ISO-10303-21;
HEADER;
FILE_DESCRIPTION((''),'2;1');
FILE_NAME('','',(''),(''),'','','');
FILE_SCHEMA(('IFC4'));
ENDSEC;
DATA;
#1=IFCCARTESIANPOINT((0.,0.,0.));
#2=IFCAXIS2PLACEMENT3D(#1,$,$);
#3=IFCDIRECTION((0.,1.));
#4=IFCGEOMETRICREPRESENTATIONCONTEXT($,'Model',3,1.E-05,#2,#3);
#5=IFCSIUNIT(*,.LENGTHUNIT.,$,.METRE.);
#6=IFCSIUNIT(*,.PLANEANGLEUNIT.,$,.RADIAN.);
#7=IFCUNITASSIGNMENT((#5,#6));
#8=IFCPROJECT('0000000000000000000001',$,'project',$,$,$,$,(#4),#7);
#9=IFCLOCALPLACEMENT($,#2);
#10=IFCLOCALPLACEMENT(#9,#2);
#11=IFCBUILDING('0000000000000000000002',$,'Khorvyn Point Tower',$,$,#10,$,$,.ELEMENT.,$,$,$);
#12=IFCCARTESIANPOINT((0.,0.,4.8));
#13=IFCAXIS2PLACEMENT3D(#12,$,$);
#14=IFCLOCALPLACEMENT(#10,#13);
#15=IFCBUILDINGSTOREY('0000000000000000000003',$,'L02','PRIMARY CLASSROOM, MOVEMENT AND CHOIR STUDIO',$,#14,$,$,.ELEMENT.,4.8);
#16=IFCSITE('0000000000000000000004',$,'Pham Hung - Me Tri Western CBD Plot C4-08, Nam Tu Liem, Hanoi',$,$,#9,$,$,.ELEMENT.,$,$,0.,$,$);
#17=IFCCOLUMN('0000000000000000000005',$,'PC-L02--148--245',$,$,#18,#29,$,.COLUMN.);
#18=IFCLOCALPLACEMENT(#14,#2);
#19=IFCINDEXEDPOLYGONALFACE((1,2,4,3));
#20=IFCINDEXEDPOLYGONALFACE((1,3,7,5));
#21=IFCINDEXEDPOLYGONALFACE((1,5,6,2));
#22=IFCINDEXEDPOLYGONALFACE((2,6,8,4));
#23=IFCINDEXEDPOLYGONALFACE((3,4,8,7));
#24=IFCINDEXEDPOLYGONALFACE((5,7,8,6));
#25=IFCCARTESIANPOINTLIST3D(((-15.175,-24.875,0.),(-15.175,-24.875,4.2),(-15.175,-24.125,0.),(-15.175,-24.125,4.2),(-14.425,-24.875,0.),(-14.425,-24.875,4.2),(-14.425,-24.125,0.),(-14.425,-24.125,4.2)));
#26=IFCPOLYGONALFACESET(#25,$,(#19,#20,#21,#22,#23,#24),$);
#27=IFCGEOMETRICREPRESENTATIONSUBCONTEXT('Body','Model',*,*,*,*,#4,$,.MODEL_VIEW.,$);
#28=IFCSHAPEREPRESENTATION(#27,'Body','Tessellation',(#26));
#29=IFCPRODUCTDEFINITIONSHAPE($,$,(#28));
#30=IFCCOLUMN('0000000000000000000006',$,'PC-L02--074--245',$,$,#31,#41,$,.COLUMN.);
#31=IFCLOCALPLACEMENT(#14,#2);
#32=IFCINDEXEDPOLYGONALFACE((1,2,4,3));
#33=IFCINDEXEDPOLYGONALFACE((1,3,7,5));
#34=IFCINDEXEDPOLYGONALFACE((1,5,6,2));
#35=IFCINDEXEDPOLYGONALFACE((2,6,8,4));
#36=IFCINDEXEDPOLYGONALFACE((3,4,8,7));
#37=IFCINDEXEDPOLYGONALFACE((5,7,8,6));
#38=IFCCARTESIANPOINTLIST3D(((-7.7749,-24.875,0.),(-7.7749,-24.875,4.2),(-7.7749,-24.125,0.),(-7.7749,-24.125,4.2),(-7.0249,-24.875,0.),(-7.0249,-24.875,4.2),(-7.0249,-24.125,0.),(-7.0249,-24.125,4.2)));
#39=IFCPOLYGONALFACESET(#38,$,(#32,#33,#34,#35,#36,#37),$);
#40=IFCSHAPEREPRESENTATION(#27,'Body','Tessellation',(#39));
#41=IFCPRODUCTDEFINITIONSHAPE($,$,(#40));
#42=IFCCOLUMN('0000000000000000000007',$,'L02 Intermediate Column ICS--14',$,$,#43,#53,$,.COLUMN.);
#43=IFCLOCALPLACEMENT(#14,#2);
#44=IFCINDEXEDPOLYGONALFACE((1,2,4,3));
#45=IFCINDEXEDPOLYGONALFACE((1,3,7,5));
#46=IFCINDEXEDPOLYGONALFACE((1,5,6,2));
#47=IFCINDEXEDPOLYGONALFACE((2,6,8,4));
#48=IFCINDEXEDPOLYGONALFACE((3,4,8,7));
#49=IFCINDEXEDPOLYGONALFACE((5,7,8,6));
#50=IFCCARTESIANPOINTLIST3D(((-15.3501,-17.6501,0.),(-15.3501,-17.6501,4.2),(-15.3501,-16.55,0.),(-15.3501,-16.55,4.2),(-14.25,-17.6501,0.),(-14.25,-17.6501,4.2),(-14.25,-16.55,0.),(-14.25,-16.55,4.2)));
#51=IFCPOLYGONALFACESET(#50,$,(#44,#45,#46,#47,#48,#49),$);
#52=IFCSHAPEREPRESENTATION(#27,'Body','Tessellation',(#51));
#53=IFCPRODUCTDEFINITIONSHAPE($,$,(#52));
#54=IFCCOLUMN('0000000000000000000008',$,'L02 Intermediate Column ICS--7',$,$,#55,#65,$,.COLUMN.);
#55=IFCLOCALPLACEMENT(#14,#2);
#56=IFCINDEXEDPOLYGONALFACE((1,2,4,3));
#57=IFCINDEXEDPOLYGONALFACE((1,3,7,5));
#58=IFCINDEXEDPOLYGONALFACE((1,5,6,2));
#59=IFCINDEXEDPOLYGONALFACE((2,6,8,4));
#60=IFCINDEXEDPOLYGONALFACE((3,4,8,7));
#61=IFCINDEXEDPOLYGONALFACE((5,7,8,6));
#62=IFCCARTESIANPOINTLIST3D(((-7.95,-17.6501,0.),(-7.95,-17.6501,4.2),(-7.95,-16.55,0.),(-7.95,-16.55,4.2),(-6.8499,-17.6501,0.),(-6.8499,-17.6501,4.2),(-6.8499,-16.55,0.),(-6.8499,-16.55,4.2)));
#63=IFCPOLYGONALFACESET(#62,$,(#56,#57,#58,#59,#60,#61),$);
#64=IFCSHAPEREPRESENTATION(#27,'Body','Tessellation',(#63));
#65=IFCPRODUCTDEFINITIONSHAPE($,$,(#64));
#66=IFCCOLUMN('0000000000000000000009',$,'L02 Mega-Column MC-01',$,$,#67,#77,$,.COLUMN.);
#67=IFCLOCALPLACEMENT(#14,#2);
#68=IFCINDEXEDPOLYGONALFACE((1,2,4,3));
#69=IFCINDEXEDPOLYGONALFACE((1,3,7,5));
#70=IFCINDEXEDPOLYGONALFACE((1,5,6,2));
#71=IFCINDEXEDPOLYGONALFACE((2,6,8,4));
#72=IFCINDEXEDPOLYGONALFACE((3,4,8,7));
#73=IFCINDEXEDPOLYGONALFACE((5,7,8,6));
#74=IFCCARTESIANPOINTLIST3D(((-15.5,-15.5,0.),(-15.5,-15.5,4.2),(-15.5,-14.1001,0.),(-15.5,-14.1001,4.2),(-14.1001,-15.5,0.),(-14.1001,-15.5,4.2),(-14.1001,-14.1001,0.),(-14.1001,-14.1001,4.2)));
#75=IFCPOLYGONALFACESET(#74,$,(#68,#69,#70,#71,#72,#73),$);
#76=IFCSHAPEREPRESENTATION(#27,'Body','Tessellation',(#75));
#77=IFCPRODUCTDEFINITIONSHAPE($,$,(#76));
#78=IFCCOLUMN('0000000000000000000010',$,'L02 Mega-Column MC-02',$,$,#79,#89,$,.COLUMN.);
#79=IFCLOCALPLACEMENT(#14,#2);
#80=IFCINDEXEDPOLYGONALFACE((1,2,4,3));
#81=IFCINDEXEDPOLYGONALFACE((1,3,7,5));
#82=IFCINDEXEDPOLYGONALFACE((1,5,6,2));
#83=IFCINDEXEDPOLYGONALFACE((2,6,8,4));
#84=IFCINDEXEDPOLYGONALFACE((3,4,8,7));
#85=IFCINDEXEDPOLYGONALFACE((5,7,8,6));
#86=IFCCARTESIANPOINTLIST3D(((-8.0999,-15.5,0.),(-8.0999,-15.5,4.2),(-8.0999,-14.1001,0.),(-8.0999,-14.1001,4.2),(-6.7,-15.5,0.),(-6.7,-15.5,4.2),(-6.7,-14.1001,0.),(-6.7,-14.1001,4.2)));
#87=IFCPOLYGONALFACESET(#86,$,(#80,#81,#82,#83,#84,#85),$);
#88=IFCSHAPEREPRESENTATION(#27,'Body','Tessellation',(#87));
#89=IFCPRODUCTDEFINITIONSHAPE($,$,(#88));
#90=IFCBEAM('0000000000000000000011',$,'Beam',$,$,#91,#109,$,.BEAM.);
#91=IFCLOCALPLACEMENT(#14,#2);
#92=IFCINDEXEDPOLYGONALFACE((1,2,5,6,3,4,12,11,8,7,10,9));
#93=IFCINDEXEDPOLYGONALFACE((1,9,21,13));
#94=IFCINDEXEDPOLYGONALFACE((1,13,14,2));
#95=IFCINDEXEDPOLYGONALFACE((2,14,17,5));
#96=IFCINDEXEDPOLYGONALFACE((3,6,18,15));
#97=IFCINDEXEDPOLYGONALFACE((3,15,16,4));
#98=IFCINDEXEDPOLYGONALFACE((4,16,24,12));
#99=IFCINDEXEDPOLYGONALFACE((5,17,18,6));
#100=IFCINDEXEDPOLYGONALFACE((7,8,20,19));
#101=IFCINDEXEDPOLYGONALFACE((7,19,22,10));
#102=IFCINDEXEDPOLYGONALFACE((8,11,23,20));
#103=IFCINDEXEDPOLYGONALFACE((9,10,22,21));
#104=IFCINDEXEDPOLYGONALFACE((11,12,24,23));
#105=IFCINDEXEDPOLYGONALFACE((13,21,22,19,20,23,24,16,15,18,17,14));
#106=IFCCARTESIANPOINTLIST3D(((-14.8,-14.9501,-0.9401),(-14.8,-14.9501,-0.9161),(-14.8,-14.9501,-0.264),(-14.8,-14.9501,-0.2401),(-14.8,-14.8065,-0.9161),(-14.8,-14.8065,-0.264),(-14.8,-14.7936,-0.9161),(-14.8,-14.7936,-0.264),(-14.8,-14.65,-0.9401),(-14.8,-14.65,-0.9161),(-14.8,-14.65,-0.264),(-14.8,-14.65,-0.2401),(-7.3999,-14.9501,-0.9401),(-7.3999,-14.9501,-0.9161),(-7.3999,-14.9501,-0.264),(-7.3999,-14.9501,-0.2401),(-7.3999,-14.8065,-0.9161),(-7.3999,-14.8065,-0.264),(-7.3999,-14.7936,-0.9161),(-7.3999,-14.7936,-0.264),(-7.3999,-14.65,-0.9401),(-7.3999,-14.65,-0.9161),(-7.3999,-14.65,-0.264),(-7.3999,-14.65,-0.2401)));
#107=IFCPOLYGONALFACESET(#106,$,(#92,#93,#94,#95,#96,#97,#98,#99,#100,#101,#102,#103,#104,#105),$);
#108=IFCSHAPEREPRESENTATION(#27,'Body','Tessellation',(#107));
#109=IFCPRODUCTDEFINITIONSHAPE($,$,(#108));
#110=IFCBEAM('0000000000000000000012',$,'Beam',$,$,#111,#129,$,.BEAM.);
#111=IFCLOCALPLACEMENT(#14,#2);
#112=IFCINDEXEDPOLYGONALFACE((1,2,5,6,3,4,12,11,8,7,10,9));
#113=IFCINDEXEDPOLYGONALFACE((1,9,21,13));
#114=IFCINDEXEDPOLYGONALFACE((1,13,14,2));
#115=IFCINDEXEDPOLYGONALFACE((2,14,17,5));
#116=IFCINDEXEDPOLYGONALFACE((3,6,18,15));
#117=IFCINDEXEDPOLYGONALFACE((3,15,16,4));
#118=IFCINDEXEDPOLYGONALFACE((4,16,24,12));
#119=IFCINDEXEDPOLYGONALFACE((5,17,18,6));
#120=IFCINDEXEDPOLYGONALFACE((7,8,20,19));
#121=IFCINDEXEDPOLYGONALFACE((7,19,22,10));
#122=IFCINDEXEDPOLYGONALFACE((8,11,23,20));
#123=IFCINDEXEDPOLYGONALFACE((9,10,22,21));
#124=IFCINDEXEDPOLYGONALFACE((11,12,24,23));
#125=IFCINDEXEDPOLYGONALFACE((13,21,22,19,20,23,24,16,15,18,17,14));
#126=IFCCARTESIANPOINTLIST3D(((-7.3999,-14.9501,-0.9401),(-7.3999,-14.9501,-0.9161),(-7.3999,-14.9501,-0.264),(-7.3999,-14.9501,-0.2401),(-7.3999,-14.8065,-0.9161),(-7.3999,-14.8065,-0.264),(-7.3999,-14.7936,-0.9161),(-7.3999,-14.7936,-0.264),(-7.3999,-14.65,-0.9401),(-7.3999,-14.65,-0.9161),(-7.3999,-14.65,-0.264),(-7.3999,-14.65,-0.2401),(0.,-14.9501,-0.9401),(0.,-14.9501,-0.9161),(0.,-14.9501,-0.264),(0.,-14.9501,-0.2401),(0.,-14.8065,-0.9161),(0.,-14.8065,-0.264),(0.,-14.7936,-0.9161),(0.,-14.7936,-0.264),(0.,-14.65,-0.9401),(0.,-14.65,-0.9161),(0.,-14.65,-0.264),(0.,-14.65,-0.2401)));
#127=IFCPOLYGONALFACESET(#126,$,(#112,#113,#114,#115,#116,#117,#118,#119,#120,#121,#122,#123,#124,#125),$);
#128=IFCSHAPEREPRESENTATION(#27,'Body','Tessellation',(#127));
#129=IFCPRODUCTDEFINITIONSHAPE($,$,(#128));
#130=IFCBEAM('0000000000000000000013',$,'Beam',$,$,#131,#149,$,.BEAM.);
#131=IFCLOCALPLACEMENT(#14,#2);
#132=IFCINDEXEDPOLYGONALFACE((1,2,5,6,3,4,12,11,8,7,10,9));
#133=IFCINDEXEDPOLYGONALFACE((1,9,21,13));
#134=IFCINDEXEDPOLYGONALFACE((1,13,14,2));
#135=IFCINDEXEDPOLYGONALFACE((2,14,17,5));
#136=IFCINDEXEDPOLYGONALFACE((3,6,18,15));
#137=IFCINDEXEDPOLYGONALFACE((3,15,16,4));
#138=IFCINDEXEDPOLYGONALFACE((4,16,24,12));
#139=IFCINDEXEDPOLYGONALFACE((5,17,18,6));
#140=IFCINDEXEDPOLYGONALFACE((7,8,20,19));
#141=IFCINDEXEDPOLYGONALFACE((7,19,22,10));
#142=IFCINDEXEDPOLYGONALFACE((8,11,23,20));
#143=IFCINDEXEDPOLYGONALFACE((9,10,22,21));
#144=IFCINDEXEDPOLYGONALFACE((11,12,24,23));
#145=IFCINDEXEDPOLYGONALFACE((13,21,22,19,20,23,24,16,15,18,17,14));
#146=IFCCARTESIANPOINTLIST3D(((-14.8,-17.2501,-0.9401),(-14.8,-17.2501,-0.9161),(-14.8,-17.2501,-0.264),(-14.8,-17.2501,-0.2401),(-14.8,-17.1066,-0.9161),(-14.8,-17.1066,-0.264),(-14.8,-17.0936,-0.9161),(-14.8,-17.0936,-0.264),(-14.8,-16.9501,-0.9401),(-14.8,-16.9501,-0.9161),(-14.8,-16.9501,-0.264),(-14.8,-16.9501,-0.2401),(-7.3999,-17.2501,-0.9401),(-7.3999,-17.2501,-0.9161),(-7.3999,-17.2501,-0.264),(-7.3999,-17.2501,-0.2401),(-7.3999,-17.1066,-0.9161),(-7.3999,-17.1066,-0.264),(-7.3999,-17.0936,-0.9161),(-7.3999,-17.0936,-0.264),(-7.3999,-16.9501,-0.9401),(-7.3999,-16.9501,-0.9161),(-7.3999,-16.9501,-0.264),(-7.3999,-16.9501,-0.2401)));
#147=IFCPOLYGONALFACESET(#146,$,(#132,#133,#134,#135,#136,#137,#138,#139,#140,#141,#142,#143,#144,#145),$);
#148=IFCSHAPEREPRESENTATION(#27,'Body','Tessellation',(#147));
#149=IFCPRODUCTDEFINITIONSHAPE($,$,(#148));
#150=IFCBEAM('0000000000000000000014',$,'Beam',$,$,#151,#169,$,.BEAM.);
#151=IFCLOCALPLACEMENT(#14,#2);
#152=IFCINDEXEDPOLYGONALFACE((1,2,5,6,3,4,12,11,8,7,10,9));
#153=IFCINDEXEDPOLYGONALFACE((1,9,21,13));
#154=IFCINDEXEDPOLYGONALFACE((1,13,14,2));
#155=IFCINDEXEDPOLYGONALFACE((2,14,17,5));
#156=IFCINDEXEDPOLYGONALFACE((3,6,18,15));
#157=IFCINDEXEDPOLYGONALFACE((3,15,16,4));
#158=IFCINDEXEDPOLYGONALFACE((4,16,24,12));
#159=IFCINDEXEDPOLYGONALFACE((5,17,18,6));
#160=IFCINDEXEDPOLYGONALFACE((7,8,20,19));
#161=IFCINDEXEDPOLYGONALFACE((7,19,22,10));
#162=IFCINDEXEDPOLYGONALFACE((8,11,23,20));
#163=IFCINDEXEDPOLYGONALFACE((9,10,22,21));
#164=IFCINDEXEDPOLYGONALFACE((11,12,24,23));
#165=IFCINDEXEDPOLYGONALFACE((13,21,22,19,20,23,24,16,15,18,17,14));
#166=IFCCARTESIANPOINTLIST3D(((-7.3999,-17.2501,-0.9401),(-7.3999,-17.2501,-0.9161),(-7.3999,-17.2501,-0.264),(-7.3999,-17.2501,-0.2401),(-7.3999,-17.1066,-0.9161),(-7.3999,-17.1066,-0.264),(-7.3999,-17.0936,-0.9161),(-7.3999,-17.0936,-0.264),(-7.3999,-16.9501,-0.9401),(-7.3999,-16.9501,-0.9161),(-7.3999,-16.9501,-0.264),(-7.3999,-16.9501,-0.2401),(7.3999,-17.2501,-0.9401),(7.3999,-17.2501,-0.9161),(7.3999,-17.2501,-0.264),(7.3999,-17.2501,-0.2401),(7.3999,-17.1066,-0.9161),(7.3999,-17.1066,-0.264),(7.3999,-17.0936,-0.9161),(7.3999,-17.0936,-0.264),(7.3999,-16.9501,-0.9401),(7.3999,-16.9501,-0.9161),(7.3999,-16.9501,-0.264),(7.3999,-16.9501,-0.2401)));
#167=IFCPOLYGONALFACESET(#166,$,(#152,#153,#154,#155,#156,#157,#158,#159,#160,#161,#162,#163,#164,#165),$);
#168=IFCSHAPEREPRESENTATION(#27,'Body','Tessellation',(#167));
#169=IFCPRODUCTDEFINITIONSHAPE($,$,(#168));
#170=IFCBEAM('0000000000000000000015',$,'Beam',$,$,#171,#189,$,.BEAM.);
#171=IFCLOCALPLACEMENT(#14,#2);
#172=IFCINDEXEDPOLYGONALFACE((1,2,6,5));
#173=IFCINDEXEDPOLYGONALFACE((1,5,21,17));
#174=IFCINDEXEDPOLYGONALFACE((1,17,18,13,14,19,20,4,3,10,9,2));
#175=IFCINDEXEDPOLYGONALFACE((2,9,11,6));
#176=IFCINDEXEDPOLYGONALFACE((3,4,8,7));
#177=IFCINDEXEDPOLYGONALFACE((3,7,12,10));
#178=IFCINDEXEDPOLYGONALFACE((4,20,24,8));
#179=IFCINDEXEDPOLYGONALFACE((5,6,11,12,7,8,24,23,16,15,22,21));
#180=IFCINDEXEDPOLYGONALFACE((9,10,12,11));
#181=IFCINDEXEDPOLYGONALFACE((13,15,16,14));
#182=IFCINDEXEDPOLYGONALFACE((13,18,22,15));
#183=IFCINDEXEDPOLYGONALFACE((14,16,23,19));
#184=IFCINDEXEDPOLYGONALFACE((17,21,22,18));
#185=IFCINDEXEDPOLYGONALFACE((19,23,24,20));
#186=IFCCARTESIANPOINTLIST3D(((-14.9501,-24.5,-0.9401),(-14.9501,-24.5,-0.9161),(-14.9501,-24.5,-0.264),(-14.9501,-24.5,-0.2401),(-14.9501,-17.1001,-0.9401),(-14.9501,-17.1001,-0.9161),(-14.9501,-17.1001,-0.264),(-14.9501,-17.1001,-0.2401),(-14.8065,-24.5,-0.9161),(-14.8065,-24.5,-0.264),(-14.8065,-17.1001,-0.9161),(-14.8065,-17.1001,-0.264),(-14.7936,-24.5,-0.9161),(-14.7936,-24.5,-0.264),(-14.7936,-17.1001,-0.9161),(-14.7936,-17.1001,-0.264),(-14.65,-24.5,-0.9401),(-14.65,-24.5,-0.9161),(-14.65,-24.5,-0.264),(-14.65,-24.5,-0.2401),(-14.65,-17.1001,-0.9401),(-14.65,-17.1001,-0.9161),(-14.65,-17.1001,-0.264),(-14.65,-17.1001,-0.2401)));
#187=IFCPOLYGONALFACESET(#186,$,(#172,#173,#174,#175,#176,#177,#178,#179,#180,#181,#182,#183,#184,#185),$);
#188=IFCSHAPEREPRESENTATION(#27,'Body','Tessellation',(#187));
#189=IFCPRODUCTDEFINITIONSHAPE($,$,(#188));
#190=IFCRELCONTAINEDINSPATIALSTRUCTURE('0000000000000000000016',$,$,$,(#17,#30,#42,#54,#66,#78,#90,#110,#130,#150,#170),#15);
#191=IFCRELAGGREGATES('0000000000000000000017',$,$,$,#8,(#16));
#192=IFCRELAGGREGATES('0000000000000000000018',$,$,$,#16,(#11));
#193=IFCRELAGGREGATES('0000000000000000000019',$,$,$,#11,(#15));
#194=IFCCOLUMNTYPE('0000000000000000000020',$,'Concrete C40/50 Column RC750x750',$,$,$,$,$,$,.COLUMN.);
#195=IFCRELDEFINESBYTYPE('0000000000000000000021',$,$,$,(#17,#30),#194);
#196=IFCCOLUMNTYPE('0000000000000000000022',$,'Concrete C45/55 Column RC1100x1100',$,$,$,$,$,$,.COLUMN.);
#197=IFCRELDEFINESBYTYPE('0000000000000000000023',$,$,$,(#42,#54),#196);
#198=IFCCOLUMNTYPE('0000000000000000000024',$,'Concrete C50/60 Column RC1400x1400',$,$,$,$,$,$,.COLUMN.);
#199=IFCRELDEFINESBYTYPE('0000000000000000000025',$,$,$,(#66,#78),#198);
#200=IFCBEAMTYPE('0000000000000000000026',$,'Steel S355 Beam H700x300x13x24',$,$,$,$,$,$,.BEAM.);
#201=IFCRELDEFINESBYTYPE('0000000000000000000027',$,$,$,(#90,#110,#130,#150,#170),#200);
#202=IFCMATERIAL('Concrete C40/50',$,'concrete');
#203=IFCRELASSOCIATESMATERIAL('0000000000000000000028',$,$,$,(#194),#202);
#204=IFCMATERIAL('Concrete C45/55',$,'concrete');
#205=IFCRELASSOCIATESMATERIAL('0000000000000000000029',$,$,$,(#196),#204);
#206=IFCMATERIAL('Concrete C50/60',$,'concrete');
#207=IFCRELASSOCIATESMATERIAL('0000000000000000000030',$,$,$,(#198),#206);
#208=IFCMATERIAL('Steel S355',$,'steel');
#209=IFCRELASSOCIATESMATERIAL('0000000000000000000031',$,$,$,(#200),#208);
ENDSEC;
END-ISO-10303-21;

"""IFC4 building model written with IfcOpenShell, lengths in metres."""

from ifc_helpers import new_model, si_unit, direction, frame, origin, origin_2d, place, context, subcontext, project, spatial, rectangle, i_section, extrude, material, material_profile, profile_set, type_object, element, save


model = new_model("IFC4")

# Units and contexts
model_context = context("Model", 3, precision=1e-05, world=origin(), true_north=direction((0.0, 1.0)))
body_context = subcontext(model_context, "Body", "Model", "MODEL_VIEW")
ifc_project = project(units=[si_unit("LENGTHUNIT", "METRE"), si_unit("PLANEANGLEUNIT", "RADIAN")], contexts=[model_context])

# Site, building, storey
site_placement = place(None, origin())
site = spatial("IfcSite", under=ifc_project, at=site_placement, Name="Pham Hung - Me Tri Western CBD Plot C4-08, Nam Tu Liem, Hanoi", CompositionType="ELEMENT", RefElevation=0.0)
building_placement = place(site_placement, origin())
building = spatial("IfcBuilding", under=site, at=building_placement, Name="Khorvyn Point Tower", CompositionType="ELEMENT")
storey_placement = place(building_placement, frame((0.0, 0.0, 4.8)))
storey = spatial("IfcBuildingStorey", under=building, at=storey_placement, Name="L02", Description="PRIMARY CLASSROOM, MOVEMENT AND CHOIR STUDIO", CompositionType="ELEMENT", Elevation=4.8)

# Columns
ifc_material_1 = material(Name="Concrete C40/50", Category="concrete")
ifc_material_profile_1 = material_profile(ifc_material_1, rectangle(XDim=0.75, YDim=0.75, at=origin_2d()))
ifc_profile_set_1 = profile_set([ifc_material_profile_1], Name="Concrete C40/50 RC750x750")
column_type_1 = type_object("IfcColumnType", Name="Concrete C40/50 Column RC750x750", PredefinedType="COLUMN", material=ifc_profile_set_1)
for number, where, z_axis, x_axis, name in (
    (1, (-14.8, -24.5, 0.0), (0.0, 0.0, 1.0), (1.0, 0.0, 0.0), "PC-L02--148--245"),
    (2, (-7.3999, -24.5, 0.0), (0.0, 0.0, 1.0), (1.0, 0.0, 0.0), "PC-L02--074--245"),
):
    element("IfcColumn", number, at=place(storey_placement, frame(where, z_axis=z_axis, x_axis=x_axis)), inside=storey, type_object=column_type_1, Name=name, PredefinedType="COLUMN", context=body_context, shape_type="SweptSolid", body=[
        extrude(rectangle(XDim=0.75, YDim=0.75, at=origin_2d()), origin(), (0.0, 0.0, 1.0), 4.2),
    ])
ifc_material_2 = material(Name="Concrete C45/55", Category="concrete")
ifc_material_profile_2 = material_profile(ifc_material_2, rectangle(XDim=1.1001, YDim=1.1001, at=origin_2d()))
ifc_profile_set_2 = profile_set([ifc_material_profile_2], Name="Concrete C45/55 RC1100x1100")
column_type_2 = type_object("IfcColumnType", Name="Concrete C45/55 Column RC1100x1100", PredefinedType="COLUMN", material=ifc_profile_set_2)
for number, where, z_axis, x_axis, name in (
    (3, (-14.8, -17.1001, 0.0), (0.0, 0.0, 1.0), (1.0, 0.0, 0.0), "L02 Intermediate Column ICS--14"),
    (4, (-7.3999, -17.1001, 0.0), (0.0, 0.0, 1.0), (1.0, 0.0, 0.0), "L02 Intermediate Column ICS--7"),
):
    element("IfcColumn", number, at=place(storey_placement, frame(where, z_axis=z_axis, x_axis=x_axis)), inside=storey, type_object=column_type_2, Name=name, PredefinedType="COLUMN", context=body_context, shape_type="SweptSolid", body=[
        extrude(rectangle(XDim=1.1001, YDim=1.1001, at=origin_2d()), origin(), (0.0, 0.0, 1.0), 4.2),
    ])
ifc_material_3 = material(Name="Concrete C50/60", Category="concrete")
ifc_material_profile_3 = material_profile(ifc_material_3, rectangle(XDim=1.3999, YDim=1.3999, at=origin_2d()))
ifc_profile_set_3 = profile_set([ifc_material_profile_3], Name="Concrete C50/60 RC1400x1400")
column_type_3 = type_object("IfcColumnType", Name="Concrete C50/60 Column RC1400x1400", PredefinedType="COLUMN", material=ifc_profile_set_3)
for number, where, z_axis, x_axis, name in (
    (5, (-14.8, -14.8, 0.0), (0.0, 0.0, 1.0), (1.0, 0.0, 0.0), "L02 Mega-Column MC-01"),
    (6, (-7.3999, -14.8, 0.0), (0.0, 0.0, 1.0), (1.0, 0.0, 0.0), "L02 Mega-Column MC-02"),
):
    element("IfcColumn", number, at=place(storey_placement, frame(where, z_axis=z_axis, x_axis=x_axis)), inside=storey, type_object=column_type_3, Name=name, PredefinedType="COLUMN", context=body_context, shape_type="SweptSolid", body=[
        extrude(rectangle(XDim=1.3999, YDim=1.3999, at=origin_2d()), origin(), (0.0, 0.0, 1.0), 4.2),
    ])

# Beams
ifc_material_4 = material(Name="Steel S355", Category="steel")
ifc_material_profile_4 = material_profile(ifc_material_4, i_section(OverallWidth=0.3, OverallDepth=0.7, WebThickness=0.0129, FlangeThickness=0.0239, at=origin_2d()))
ifc_profile_set_4 = profile_set([ifc_material_profile_4], Name="Steel S355 H700x300x13x24")
beam_type_1 = type_object("IfcBeamType", Name="Steel S355 Beam H700x300x13x24", PredefinedType="BEAM", material=ifc_profile_set_4)
beam_1_placement = place(storey_placement, frame((-14.8, -14.8, -0.5901), z_axis=(1.0, 0.0, 0.0), x_axis=(0.0, 1.0, 0.0)))
element("IfcBeam", 7, at=beam_1_placement, inside=storey, type_object=beam_type_1, Name="Beam", PredefinedType="BEAM", context=body_context, shape_type="SweptSolid", body=[
    extrude(i_section(OverallWidth=0.3, OverallDepth=0.7, WebThickness=0.0129, FlangeThickness=0.0239, at=origin_2d()), origin(), (0.0, 0.0, 1.0), 7.4001),
])
beam_2_placement = place(storey_placement, frame((-7.3999, -14.8, -0.5901), z_axis=(1.0, 0.0, 0.0), x_axis=(0.0, 1.0, 0.0)))
element("IfcBeam", 8, at=beam_2_placement, inside=storey, type_object=beam_type_1, Name="Beam", PredefinedType="BEAM", context=body_context, shape_type="SweptSolid", body=[
    extrude(i_section(OverallWidth=0.3, OverallDepth=0.7, WebThickness=0.0129, FlangeThickness=0.0239, at=origin_2d()), origin(), (0.0, 0.0, 1.0), 7.3999),
])
beam_3_placement = place(storey_placement, frame((-14.8, -17.1001, -0.5901), z_axis=(1.0, 0.0, 0.0), x_axis=(0.0, 1.0, 0.0)))
element("IfcBeam", 9, at=beam_3_placement, inside=storey, type_object=beam_type_1, Name="Beam", PredefinedType="BEAM", context=body_context, shape_type="SweptSolid", body=[
    extrude(i_section(OverallWidth=0.3, OverallDepth=0.7, WebThickness=0.0129, FlangeThickness=0.0239, at=origin_2d()), origin(), (0.0, 0.0, 1.0), 7.4001),
])
beam_4_placement = place(storey_placement, frame((-7.3999, -17.1001, -0.5901), z_axis=(1.0, 0.0, 0.0), x_axis=(0.0, 1.0, 0.0)))
element("IfcBeam", 10, at=beam_4_placement, inside=storey, type_object=beam_type_1, Name="Beam", PredefinedType="BEAM", context=body_context, shape_type="SweptSolid", body=[
    extrude(i_section(OverallWidth=0.3, OverallDepth=0.7, WebThickness=0.0129, FlangeThickness=0.0239, at=origin_2d()), origin(), (0.0, 0.0, 1.0), 14.7998),
])
beam_5_placement = place(storey_placement, frame((-14.8, -24.5, -0.5901), z_axis=(0.0, 1.0, 0.0), x_axis=(-1.0, 0.0, 0.0)))
element("IfcBeam", 11, at=beam_5_placement, inside=storey, type_object=beam_type_1, Name="Beam", PredefinedType="BEAM", context=body_context, shape_type="SweptSolid", body=[
    extrude(i_section(OverallWidth=0.3, OverallDepth=0.7, WebThickness=0.0129, FlangeThickness=0.0239, at=origin_2d()), origin(), (0.0, 0.0, 1.0), 7.3999),
])

save(model, "model.ifc")
